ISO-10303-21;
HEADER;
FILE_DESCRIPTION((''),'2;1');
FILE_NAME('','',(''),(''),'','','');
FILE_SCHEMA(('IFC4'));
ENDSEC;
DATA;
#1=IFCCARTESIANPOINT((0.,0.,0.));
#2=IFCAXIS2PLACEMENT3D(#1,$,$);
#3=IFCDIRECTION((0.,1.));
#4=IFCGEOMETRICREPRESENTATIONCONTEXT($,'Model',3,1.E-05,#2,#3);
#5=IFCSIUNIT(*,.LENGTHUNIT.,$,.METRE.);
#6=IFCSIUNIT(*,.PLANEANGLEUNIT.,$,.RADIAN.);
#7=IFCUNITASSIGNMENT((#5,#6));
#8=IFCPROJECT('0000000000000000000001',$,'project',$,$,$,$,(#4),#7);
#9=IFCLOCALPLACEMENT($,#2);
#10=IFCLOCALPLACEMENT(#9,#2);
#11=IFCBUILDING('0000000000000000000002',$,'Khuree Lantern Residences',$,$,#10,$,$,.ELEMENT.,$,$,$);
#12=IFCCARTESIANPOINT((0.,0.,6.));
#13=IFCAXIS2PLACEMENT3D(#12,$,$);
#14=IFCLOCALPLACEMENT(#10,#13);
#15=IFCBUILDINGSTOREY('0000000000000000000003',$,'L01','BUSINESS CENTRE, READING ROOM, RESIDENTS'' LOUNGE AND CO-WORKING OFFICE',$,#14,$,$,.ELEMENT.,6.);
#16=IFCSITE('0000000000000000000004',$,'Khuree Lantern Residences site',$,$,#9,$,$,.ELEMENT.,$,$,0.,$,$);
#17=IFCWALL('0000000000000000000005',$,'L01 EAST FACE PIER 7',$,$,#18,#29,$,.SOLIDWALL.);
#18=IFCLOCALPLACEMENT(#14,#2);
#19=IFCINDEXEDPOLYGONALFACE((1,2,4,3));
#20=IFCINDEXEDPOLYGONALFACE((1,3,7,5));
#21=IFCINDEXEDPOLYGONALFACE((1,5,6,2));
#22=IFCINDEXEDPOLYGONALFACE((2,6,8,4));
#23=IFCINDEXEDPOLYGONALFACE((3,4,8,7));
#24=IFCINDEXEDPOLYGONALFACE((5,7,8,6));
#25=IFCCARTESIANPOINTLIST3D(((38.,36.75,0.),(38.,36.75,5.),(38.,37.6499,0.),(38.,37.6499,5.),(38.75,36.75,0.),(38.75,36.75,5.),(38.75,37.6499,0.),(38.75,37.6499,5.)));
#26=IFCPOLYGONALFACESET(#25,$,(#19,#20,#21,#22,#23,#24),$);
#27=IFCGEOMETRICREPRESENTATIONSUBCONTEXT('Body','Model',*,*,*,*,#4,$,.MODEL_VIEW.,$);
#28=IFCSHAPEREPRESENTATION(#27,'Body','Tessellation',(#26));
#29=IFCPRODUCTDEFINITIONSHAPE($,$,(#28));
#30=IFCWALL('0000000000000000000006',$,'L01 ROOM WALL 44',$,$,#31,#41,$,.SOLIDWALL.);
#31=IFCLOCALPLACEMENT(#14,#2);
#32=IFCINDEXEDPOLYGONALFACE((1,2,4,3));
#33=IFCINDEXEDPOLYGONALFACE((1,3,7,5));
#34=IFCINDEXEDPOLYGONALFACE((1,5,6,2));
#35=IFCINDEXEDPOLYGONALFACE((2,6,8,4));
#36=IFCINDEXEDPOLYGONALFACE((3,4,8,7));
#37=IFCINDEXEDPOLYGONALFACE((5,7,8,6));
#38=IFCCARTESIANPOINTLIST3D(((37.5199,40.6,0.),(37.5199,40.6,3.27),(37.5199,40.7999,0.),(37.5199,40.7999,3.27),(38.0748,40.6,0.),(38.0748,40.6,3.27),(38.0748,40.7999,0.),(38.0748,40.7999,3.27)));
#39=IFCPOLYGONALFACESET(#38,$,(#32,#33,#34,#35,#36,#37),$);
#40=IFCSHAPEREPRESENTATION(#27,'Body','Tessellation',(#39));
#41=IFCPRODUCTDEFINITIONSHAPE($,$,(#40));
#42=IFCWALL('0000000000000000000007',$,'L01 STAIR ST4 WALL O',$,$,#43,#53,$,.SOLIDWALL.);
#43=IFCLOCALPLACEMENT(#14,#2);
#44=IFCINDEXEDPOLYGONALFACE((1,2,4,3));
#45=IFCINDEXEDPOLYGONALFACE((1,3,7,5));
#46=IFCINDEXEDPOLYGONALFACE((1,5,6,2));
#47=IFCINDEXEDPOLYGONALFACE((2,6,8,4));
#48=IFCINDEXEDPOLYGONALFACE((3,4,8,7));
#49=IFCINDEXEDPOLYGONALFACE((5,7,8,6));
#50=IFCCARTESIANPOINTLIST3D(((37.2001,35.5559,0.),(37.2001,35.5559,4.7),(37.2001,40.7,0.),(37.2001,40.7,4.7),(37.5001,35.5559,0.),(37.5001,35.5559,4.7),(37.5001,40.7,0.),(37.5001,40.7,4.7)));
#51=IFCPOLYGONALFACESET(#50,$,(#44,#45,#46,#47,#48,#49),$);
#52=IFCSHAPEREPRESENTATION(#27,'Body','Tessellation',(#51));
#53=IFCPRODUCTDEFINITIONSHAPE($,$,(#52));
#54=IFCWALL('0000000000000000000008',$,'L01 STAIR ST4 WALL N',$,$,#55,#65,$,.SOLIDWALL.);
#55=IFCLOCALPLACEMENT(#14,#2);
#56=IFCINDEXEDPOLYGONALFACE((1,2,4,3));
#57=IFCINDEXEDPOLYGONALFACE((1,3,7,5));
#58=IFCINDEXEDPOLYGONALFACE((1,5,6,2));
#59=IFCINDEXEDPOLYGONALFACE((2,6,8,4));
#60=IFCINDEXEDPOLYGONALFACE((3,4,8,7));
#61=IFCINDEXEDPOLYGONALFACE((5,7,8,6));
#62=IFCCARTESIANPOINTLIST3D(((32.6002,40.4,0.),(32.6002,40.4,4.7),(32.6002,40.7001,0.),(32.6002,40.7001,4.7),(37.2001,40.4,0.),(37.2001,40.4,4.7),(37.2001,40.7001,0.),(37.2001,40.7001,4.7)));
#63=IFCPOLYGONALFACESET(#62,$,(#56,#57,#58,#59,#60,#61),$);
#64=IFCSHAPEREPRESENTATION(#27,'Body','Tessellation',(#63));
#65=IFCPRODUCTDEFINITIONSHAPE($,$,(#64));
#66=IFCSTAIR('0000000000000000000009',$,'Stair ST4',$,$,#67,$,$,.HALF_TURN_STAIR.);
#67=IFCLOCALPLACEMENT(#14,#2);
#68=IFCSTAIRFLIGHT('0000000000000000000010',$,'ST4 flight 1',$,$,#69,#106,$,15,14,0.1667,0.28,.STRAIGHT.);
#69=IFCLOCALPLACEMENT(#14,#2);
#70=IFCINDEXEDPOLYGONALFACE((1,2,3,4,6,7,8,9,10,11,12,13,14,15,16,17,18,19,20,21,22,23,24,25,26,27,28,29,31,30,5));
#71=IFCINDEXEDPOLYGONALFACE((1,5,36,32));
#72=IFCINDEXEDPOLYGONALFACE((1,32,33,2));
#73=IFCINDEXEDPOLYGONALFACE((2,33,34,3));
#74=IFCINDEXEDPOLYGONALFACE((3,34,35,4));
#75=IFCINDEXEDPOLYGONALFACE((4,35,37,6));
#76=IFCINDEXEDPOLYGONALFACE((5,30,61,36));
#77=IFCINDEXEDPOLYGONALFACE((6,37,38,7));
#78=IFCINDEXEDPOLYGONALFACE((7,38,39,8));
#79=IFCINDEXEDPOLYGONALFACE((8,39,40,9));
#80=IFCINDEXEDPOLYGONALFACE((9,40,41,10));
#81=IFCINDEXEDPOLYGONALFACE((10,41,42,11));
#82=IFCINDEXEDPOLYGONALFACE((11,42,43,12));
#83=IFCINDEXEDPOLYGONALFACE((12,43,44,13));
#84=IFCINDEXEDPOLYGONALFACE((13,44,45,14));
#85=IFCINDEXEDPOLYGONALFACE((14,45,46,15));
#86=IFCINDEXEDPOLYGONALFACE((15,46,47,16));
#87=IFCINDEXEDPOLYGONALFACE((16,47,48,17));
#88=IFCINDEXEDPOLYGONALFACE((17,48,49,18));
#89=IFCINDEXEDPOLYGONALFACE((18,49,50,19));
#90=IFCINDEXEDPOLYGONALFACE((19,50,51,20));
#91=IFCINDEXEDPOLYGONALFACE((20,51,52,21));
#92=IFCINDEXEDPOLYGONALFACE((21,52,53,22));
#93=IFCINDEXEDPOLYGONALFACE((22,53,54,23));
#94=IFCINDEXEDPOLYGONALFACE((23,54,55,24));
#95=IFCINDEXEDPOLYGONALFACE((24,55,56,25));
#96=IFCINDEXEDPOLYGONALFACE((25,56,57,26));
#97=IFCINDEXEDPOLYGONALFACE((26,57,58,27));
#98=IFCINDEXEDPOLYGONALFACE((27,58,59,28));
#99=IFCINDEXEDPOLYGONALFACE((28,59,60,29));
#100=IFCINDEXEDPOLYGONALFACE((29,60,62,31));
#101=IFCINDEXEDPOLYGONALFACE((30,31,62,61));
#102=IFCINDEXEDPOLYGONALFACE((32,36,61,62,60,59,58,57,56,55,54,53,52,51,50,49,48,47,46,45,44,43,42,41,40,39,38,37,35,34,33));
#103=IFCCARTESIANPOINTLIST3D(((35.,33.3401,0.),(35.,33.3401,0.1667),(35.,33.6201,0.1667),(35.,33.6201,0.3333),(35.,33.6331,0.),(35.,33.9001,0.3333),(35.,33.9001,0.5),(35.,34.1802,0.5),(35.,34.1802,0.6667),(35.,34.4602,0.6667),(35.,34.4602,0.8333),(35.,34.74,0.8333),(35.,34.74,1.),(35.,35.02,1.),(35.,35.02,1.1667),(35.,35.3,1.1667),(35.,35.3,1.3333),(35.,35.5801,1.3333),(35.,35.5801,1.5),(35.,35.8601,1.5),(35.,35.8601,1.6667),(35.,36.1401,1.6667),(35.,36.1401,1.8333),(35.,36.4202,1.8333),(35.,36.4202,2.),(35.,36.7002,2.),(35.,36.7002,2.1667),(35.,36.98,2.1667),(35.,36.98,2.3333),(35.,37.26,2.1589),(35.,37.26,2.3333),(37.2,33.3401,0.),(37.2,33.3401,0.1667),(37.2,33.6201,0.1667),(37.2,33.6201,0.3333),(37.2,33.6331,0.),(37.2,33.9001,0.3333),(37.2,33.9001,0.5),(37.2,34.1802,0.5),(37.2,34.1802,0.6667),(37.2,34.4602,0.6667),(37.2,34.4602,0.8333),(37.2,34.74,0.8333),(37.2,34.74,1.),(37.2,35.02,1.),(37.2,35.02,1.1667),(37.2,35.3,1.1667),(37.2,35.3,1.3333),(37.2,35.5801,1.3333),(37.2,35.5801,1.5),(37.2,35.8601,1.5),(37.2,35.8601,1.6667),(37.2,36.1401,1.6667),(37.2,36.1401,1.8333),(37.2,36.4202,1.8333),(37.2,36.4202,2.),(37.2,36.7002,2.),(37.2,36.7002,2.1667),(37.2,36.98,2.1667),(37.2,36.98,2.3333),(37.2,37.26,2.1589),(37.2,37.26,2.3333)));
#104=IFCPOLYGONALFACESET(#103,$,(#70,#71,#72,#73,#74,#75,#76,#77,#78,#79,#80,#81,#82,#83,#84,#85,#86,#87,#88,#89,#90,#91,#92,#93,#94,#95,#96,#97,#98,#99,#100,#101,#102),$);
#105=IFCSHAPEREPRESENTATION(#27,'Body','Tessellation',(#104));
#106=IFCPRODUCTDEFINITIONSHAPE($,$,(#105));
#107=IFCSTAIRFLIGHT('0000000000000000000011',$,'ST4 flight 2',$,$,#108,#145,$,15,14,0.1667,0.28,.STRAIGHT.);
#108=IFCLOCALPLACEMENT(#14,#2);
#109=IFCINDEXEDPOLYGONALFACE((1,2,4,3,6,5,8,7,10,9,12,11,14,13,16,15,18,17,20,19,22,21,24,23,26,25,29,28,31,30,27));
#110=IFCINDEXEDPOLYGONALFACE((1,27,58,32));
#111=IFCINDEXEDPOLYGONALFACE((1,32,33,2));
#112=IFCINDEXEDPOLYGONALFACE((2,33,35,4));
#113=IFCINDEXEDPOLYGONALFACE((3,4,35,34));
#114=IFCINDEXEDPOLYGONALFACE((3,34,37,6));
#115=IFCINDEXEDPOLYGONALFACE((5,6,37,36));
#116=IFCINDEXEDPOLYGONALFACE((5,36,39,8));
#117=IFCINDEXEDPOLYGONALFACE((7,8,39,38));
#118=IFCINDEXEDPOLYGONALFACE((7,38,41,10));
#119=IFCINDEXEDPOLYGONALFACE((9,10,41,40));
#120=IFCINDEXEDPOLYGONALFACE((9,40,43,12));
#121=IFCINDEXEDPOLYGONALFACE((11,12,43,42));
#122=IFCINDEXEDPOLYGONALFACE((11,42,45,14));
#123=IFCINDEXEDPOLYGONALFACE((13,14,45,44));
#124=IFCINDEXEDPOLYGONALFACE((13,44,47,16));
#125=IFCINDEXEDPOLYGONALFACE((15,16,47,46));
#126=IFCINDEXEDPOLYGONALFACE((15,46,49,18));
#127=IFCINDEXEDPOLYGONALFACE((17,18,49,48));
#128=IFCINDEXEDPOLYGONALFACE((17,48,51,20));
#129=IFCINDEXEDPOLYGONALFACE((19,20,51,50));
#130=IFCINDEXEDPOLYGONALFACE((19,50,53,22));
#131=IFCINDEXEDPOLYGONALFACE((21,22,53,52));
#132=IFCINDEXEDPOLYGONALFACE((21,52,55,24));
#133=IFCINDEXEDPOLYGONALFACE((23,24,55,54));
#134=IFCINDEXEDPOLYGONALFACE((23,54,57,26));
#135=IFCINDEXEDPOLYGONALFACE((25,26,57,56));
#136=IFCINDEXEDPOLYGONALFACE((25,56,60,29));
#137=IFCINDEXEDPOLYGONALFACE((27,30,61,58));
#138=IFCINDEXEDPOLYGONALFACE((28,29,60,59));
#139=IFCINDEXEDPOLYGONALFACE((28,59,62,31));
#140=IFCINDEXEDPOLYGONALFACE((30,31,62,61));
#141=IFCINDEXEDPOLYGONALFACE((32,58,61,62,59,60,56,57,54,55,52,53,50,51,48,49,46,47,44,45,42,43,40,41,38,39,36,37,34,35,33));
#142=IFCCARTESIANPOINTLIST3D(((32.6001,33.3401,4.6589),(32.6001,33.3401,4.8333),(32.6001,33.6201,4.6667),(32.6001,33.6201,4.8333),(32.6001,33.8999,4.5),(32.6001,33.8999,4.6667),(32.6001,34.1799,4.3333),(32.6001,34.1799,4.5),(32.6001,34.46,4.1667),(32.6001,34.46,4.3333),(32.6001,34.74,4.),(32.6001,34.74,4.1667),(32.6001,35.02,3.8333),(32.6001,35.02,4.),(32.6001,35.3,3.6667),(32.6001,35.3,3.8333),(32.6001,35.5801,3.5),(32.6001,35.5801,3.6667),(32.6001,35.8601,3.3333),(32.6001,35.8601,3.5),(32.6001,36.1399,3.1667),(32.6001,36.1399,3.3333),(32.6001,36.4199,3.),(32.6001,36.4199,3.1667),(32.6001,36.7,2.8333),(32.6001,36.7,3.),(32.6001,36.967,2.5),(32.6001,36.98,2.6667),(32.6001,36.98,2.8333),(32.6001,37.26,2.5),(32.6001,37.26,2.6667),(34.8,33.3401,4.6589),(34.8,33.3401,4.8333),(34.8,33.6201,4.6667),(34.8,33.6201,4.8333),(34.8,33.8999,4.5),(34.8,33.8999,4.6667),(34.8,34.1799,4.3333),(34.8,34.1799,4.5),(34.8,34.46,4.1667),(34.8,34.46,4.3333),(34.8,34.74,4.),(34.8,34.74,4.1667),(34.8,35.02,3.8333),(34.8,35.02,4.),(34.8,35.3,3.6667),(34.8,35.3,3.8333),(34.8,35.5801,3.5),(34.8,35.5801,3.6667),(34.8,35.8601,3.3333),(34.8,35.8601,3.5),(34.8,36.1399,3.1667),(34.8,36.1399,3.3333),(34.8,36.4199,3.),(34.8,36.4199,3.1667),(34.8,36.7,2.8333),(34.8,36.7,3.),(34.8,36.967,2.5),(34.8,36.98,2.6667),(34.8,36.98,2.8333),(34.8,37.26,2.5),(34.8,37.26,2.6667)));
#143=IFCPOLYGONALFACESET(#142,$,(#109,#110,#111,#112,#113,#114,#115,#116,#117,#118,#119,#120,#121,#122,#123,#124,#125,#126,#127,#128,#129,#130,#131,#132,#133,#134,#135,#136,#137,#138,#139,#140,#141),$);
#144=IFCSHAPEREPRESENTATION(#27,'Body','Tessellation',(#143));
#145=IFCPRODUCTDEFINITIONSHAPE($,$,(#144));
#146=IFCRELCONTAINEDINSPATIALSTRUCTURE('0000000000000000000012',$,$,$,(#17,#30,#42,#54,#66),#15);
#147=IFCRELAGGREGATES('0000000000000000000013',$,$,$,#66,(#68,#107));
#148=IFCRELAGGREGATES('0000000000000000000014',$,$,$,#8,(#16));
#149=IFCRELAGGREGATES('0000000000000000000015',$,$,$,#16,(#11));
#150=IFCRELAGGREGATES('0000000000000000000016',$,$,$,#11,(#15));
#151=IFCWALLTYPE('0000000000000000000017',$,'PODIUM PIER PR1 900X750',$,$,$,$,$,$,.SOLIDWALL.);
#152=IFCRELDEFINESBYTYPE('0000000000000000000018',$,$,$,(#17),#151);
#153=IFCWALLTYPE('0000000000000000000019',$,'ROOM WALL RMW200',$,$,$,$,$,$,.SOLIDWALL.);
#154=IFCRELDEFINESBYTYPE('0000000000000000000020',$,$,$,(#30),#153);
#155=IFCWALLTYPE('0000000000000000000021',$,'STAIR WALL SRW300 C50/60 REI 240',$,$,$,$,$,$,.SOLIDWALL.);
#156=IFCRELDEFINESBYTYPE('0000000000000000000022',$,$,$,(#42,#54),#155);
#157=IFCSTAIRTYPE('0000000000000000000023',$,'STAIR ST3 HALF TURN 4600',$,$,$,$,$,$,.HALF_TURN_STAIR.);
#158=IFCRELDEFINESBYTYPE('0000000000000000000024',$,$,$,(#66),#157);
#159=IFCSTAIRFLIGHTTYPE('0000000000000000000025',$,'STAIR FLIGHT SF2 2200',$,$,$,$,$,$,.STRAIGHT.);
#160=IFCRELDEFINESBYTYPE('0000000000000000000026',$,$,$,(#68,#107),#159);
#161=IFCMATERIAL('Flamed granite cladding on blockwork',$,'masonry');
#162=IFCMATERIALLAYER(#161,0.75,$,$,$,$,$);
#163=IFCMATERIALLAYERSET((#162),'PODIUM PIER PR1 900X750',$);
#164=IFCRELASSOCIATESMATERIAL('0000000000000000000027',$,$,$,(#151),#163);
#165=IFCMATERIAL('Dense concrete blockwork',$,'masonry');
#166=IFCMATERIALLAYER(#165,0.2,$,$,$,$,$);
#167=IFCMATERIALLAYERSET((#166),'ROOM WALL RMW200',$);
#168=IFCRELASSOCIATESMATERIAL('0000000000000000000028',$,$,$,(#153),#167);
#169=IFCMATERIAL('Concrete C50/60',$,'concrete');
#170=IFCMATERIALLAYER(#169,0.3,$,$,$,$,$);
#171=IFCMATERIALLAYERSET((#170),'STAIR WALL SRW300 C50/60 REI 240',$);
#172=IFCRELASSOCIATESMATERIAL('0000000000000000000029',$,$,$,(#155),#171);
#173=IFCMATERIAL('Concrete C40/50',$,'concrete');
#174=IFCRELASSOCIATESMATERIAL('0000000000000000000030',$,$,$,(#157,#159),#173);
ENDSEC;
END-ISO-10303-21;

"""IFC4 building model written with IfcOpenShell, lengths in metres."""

from ifc_helpers import new_model, si_unit, direction, frame, frame_2d, origin, place, context, subcontext, project, spatial, polyline, rectangle, outline, extrude, material, layer, layer_set, type_object, element, aggregate, save


model = new_model("IFC4")

# Units and contexts
model_context = context("Model", 3, precision=1e-05, world=origin(), true_north=direction((0.0, 1.0)))
body_context = subcontext(model_context, "Body", "Model", "MODEL_VIEW")
ifc_project = project(units=[si_unit("LENGTHUNIT", "METRE"), si_unit("PLANEANGLEUNIT", "RADIAN")], contexts=[model_context])

# Site, building, storey
site_placement = place(None, origin())
site = spatial("IfcSite", under=ifc_project, at=site_placement, Name="Khuree Lantern Residences site", CompositionType="ELEMENT", RefElevation=0.0)
building_placement = place(site_placement, origin())
building = spatial("IfcBuilding", under=site, at=building_placement, Name="Khuree Lantern Residences", CompositionType="ELEMENT")
storey_placement = place(building_placement, frame((0.0, 0.0, 6.0)))
storey = spatial("IfcBuildingStorey", under=building, at=storey_placement, Name="L01", Description="BUSINESS CENTRE, READING ROOM, RESIDENTS' LOUNGE AND CO-WORKING OFFICE", CompositionType="ELEMENT", Elevation=6.0)

# Shared definitions
ifc_material_1 = material(Name="Concrete C40/50", Category="concrete")

# Walls
ifc_material_2 = material(Name="Dense concrete blockwork", Category="masonry")
ifc_material_3 = material(Name="Flamed granite cladding on blockwork", Category="masonry")
ifc_layer_1 = layer(ifc_material_3, 0.75)
ifc_layer_set_1 = layer_set([ifc_layer_1], Name="PODIUM PIER PR1 900X750")
wall_type_1 = type_object("IfcWallType", Name="PODIUM PIER PR1 900X750", PredefinedType="SOLIDWALL", material=ifc_layer_set_1)
wall_1_placement = place(storey_placement, frame((38.375, 36.75, 0.0), z_axis=(0.0, 0.0, 1.0), x_axis=(0.0, 1.0, 0.0)))
element("IfcWall", 1, at=wall_1_placement, inside=storey, type_object=wall_type_1, Name="L01 EAST FACE PIER 7", PredefinedType="SOLIDWALL", context=body_context, shape_type="SweptSolid", body=[
    extrude(rectangle(XDim=0.8999, YDim=0.75, at=frame_2d((0.45, 0.0))), origin(), (0.0, 0.0, 1.0), 5.0),
])
ifc_layer_2 = layer(ifc_material_2, 0.2)
ifc_layer_set_2 = layer_set([ifc_layer_2], Name="ROOM WALL RMW200")
wall_type_2 = type_object("IfcWallType", Name="ROOM WALL RMW200", PredefinedType="SOLIDWALL", material=ifc_layer_set_2)
wall_2_placement = place(storey_placement, frame((37.52, 40.7, 0.0), z_axis=(0.0, 0.0, 1.0), x_axis=(1.0, 0.0, 0.0)))
element("IfcWall", 2, at=wall_2_placement, inside=storey, type_object=wall_type_2, Name="L01 ROOM WALL 44", PredefinedType="SOLIDWALL", context=body_context, shape_type="SweptSolid", body=[
    extrude(rectangle(XDim=0.5549, YDim=0.2, at=frame_2d((0.2773, 0.0))), origin(), (0.0, 0.0, 1.0), 3.27),
])
ifc_material_4 = material(Name="Concrete C50/60", Category="concrete")
ifc_layer_3 = layer(ifc_material_4, 0.3)
ifc_layer_set_3 = layer_set([ifc_layer_3], Name="STAIR WALL SRW300 C50/60 REI 240")
wall_type_3 = type_object("IfcWallType", Name="STAIR WALL SRW300 C50/60 REI 240", PredefinedType="SOLIDWALL", material=ifc_layer_set_3)
wall_3_placement = place(storey_placement, frame((37.3501, 35.5559, 0.0), z_axis=(0.0, 0.0, 1.0), x_axis=(0.0, 1.0, 0.0)))
element("IfcWall", 3, at=wall_3_placement, inside=storey, type_object=wall_type_3, Name="L01 STAIR ST4 WALL O", PredefinedType="SOLIDWALL", context=body_context, shape_type="SweptSolid", body=[
    extrude(rectangle(XDim=5.144, YDim=0.3, at=frame_2d((2.572, 0.0))), origin(), (0.0, 0.0, 1.0), 4.7),
])
wall_4_placement = place(storey_placement, frame((37.2, 40.55, 0.0), z_axis=(0.0, 0.0, 1.0), x_axis=(-1.0, 0.0, 0.0)))
element("IfcWall", 4, at=wall_4_placement, inside=storey, type_object=wall_type_3, Name="L01 STAIR ST4 WALL N", PredefinedType="SOLIDWALL", context=body_context, shape_type="SweptSolid", body=[
    extrude(rectangle(XDim=4.5999, YDim=0.3, at=frame_2d((2.2998, 0.0))), origin(), (0.0, 0.0, 1.0), 4.7),
])

# Stair, stair flights
stair_type = type_object("IfcStairType", Name="STAIR ST3 HALF TURN 4600", PredefinedType="HALF_TURN_STAIR", material=ifc_material_1)
stair_placement = place(storey_placement, origin())
stair = element("IfcStair", 5, at=stair_placement, inside=storey, type_object=stair_type, Name="Stair ST4", PredefinedType="HALF_TURN_STAIR")
stair_flight_type = type_object("IfcStairFlightType", Name="STAIR FLIGHT SF2 2200", PredefinedType="STRAIGHT", material=ifc_material_1)
stair_flight_1_placement = place(storey_placement, frame((36.1001, 33.3401, 0.0), z_axis=(0.0, 0.0, 1.0), x_axis=(0.0, 1.0, 0.0)))
stair_flight_1 = element("IfcStairFlight", 6, at=stair_flight_1_placement, type_object=stair_flight_type, Name="ST4 flight 1", NumberOfRisers=15, NumberOfTreads=14, PredefinedType="STRAIGHT", RiserHeight=0.1667, TreadLength=0.28, context=body_context, shape_type="SweptSolid", body=[
    extrude(outline(polyline([(0.0, 0.0), (0.0, 0.1667), (0.28, 0.1667), (0.28, 0.3333), (0.5601, 0.3333), (0.5601, 0.5), (0.8401, 0.5), (0.8401, 0.6667), (1.1201, 0.6667), (1.1201, 0.8333), (1.3999, 0.8333), (1.3999, 1.0), (1.6799, 1.0), (1.6799, 1.1667), (1.96, 1.1667), (1.96, 1.3333), (2.24, 1.3333), (2.24, 1.5), (2.52, 1.5), (2.52, 1.6667), (2.8, 1.6667), (2.8, 1.8333), (3.0801, 1.8333), (3.0801, 2.0), (3.3601, 2.0), (3.3601, 2.1667), (3.6399, 2.1667), (3.6399, 2.3333), (3.9199, 2.3333), (3.9199, 2.5), (3.9199, 2.1589), (0.293, 0.0), (0.0, 0.0)])), frame((0.0, 1.1001, 0.0), z_axis=(0.0, -1.0, 0.0), x_axis=(1.0, 0.0, 0.0)), (0.0, 0.0, 1.0), 2.2),
])
stair_flight_2_placement = place(storey_placement, frame((33.7, 37.26, 2.5), z_axis=(0.0, 0.0, 1.0), x_axis=(0.0, -1.0, 0.0)))
stair_flight_2 = element("IfcStairFlight", 7, at=stair_flight_2_placement, type_object=stair_flight_type, Name="ST4 flight 2", NumberOfRisers=15, NumberOfTreads=14, PredefinedType="STRAIGHT", RiserHeight=0.1667, TreadLength=0.28, context=body_context, shape_type="SweptSolid", body=[
    extrude(outline(polyline([(0.0, 0.0), (0.0, 0.1667), (0.28, 0.1667), (0.28, 0.3333), (0.5601, 0.3333), (0.5601, 0.5), (0.8401, 0.5), (0.8401, 0.6667), (1.1201, 0.6667), (1.1201, 0.8333), (1.3999, 0.8333), (1.3999, 1.0), (1.6799, 1.0), (1.6799, 1.1667), (1.96, 1.1667), (1.96, 1.3333), (2.24, 1.3333), (2.24, 1.5), (2.52, 1.5), (2.52, 1.6667), (2.8, 1.6667), (2.8, 1.8333), (3.0801, 1.8333), (3.0801, 2.0), (3.3601, 2.0), (3.3601, 2.1667), (3.6399, 2.1667), (3.6399, 2.3333), (3.9199, 2.3333), (3.9199, 2.5), (3.9199, 2.1589), (0.293, 0.0), (0.0, 0.0)])), frame((0.0, 1.1001, 0.0), z_axis=(0.0, -1.0, 0.0), x_axis=(1.0, 0.0, 0.0)), (0.0, 0.0, 1.0), 2.2),
])
aggregate(stair, [stair_flight_1, stair_flight_2])

save(model, "model.ifc")
